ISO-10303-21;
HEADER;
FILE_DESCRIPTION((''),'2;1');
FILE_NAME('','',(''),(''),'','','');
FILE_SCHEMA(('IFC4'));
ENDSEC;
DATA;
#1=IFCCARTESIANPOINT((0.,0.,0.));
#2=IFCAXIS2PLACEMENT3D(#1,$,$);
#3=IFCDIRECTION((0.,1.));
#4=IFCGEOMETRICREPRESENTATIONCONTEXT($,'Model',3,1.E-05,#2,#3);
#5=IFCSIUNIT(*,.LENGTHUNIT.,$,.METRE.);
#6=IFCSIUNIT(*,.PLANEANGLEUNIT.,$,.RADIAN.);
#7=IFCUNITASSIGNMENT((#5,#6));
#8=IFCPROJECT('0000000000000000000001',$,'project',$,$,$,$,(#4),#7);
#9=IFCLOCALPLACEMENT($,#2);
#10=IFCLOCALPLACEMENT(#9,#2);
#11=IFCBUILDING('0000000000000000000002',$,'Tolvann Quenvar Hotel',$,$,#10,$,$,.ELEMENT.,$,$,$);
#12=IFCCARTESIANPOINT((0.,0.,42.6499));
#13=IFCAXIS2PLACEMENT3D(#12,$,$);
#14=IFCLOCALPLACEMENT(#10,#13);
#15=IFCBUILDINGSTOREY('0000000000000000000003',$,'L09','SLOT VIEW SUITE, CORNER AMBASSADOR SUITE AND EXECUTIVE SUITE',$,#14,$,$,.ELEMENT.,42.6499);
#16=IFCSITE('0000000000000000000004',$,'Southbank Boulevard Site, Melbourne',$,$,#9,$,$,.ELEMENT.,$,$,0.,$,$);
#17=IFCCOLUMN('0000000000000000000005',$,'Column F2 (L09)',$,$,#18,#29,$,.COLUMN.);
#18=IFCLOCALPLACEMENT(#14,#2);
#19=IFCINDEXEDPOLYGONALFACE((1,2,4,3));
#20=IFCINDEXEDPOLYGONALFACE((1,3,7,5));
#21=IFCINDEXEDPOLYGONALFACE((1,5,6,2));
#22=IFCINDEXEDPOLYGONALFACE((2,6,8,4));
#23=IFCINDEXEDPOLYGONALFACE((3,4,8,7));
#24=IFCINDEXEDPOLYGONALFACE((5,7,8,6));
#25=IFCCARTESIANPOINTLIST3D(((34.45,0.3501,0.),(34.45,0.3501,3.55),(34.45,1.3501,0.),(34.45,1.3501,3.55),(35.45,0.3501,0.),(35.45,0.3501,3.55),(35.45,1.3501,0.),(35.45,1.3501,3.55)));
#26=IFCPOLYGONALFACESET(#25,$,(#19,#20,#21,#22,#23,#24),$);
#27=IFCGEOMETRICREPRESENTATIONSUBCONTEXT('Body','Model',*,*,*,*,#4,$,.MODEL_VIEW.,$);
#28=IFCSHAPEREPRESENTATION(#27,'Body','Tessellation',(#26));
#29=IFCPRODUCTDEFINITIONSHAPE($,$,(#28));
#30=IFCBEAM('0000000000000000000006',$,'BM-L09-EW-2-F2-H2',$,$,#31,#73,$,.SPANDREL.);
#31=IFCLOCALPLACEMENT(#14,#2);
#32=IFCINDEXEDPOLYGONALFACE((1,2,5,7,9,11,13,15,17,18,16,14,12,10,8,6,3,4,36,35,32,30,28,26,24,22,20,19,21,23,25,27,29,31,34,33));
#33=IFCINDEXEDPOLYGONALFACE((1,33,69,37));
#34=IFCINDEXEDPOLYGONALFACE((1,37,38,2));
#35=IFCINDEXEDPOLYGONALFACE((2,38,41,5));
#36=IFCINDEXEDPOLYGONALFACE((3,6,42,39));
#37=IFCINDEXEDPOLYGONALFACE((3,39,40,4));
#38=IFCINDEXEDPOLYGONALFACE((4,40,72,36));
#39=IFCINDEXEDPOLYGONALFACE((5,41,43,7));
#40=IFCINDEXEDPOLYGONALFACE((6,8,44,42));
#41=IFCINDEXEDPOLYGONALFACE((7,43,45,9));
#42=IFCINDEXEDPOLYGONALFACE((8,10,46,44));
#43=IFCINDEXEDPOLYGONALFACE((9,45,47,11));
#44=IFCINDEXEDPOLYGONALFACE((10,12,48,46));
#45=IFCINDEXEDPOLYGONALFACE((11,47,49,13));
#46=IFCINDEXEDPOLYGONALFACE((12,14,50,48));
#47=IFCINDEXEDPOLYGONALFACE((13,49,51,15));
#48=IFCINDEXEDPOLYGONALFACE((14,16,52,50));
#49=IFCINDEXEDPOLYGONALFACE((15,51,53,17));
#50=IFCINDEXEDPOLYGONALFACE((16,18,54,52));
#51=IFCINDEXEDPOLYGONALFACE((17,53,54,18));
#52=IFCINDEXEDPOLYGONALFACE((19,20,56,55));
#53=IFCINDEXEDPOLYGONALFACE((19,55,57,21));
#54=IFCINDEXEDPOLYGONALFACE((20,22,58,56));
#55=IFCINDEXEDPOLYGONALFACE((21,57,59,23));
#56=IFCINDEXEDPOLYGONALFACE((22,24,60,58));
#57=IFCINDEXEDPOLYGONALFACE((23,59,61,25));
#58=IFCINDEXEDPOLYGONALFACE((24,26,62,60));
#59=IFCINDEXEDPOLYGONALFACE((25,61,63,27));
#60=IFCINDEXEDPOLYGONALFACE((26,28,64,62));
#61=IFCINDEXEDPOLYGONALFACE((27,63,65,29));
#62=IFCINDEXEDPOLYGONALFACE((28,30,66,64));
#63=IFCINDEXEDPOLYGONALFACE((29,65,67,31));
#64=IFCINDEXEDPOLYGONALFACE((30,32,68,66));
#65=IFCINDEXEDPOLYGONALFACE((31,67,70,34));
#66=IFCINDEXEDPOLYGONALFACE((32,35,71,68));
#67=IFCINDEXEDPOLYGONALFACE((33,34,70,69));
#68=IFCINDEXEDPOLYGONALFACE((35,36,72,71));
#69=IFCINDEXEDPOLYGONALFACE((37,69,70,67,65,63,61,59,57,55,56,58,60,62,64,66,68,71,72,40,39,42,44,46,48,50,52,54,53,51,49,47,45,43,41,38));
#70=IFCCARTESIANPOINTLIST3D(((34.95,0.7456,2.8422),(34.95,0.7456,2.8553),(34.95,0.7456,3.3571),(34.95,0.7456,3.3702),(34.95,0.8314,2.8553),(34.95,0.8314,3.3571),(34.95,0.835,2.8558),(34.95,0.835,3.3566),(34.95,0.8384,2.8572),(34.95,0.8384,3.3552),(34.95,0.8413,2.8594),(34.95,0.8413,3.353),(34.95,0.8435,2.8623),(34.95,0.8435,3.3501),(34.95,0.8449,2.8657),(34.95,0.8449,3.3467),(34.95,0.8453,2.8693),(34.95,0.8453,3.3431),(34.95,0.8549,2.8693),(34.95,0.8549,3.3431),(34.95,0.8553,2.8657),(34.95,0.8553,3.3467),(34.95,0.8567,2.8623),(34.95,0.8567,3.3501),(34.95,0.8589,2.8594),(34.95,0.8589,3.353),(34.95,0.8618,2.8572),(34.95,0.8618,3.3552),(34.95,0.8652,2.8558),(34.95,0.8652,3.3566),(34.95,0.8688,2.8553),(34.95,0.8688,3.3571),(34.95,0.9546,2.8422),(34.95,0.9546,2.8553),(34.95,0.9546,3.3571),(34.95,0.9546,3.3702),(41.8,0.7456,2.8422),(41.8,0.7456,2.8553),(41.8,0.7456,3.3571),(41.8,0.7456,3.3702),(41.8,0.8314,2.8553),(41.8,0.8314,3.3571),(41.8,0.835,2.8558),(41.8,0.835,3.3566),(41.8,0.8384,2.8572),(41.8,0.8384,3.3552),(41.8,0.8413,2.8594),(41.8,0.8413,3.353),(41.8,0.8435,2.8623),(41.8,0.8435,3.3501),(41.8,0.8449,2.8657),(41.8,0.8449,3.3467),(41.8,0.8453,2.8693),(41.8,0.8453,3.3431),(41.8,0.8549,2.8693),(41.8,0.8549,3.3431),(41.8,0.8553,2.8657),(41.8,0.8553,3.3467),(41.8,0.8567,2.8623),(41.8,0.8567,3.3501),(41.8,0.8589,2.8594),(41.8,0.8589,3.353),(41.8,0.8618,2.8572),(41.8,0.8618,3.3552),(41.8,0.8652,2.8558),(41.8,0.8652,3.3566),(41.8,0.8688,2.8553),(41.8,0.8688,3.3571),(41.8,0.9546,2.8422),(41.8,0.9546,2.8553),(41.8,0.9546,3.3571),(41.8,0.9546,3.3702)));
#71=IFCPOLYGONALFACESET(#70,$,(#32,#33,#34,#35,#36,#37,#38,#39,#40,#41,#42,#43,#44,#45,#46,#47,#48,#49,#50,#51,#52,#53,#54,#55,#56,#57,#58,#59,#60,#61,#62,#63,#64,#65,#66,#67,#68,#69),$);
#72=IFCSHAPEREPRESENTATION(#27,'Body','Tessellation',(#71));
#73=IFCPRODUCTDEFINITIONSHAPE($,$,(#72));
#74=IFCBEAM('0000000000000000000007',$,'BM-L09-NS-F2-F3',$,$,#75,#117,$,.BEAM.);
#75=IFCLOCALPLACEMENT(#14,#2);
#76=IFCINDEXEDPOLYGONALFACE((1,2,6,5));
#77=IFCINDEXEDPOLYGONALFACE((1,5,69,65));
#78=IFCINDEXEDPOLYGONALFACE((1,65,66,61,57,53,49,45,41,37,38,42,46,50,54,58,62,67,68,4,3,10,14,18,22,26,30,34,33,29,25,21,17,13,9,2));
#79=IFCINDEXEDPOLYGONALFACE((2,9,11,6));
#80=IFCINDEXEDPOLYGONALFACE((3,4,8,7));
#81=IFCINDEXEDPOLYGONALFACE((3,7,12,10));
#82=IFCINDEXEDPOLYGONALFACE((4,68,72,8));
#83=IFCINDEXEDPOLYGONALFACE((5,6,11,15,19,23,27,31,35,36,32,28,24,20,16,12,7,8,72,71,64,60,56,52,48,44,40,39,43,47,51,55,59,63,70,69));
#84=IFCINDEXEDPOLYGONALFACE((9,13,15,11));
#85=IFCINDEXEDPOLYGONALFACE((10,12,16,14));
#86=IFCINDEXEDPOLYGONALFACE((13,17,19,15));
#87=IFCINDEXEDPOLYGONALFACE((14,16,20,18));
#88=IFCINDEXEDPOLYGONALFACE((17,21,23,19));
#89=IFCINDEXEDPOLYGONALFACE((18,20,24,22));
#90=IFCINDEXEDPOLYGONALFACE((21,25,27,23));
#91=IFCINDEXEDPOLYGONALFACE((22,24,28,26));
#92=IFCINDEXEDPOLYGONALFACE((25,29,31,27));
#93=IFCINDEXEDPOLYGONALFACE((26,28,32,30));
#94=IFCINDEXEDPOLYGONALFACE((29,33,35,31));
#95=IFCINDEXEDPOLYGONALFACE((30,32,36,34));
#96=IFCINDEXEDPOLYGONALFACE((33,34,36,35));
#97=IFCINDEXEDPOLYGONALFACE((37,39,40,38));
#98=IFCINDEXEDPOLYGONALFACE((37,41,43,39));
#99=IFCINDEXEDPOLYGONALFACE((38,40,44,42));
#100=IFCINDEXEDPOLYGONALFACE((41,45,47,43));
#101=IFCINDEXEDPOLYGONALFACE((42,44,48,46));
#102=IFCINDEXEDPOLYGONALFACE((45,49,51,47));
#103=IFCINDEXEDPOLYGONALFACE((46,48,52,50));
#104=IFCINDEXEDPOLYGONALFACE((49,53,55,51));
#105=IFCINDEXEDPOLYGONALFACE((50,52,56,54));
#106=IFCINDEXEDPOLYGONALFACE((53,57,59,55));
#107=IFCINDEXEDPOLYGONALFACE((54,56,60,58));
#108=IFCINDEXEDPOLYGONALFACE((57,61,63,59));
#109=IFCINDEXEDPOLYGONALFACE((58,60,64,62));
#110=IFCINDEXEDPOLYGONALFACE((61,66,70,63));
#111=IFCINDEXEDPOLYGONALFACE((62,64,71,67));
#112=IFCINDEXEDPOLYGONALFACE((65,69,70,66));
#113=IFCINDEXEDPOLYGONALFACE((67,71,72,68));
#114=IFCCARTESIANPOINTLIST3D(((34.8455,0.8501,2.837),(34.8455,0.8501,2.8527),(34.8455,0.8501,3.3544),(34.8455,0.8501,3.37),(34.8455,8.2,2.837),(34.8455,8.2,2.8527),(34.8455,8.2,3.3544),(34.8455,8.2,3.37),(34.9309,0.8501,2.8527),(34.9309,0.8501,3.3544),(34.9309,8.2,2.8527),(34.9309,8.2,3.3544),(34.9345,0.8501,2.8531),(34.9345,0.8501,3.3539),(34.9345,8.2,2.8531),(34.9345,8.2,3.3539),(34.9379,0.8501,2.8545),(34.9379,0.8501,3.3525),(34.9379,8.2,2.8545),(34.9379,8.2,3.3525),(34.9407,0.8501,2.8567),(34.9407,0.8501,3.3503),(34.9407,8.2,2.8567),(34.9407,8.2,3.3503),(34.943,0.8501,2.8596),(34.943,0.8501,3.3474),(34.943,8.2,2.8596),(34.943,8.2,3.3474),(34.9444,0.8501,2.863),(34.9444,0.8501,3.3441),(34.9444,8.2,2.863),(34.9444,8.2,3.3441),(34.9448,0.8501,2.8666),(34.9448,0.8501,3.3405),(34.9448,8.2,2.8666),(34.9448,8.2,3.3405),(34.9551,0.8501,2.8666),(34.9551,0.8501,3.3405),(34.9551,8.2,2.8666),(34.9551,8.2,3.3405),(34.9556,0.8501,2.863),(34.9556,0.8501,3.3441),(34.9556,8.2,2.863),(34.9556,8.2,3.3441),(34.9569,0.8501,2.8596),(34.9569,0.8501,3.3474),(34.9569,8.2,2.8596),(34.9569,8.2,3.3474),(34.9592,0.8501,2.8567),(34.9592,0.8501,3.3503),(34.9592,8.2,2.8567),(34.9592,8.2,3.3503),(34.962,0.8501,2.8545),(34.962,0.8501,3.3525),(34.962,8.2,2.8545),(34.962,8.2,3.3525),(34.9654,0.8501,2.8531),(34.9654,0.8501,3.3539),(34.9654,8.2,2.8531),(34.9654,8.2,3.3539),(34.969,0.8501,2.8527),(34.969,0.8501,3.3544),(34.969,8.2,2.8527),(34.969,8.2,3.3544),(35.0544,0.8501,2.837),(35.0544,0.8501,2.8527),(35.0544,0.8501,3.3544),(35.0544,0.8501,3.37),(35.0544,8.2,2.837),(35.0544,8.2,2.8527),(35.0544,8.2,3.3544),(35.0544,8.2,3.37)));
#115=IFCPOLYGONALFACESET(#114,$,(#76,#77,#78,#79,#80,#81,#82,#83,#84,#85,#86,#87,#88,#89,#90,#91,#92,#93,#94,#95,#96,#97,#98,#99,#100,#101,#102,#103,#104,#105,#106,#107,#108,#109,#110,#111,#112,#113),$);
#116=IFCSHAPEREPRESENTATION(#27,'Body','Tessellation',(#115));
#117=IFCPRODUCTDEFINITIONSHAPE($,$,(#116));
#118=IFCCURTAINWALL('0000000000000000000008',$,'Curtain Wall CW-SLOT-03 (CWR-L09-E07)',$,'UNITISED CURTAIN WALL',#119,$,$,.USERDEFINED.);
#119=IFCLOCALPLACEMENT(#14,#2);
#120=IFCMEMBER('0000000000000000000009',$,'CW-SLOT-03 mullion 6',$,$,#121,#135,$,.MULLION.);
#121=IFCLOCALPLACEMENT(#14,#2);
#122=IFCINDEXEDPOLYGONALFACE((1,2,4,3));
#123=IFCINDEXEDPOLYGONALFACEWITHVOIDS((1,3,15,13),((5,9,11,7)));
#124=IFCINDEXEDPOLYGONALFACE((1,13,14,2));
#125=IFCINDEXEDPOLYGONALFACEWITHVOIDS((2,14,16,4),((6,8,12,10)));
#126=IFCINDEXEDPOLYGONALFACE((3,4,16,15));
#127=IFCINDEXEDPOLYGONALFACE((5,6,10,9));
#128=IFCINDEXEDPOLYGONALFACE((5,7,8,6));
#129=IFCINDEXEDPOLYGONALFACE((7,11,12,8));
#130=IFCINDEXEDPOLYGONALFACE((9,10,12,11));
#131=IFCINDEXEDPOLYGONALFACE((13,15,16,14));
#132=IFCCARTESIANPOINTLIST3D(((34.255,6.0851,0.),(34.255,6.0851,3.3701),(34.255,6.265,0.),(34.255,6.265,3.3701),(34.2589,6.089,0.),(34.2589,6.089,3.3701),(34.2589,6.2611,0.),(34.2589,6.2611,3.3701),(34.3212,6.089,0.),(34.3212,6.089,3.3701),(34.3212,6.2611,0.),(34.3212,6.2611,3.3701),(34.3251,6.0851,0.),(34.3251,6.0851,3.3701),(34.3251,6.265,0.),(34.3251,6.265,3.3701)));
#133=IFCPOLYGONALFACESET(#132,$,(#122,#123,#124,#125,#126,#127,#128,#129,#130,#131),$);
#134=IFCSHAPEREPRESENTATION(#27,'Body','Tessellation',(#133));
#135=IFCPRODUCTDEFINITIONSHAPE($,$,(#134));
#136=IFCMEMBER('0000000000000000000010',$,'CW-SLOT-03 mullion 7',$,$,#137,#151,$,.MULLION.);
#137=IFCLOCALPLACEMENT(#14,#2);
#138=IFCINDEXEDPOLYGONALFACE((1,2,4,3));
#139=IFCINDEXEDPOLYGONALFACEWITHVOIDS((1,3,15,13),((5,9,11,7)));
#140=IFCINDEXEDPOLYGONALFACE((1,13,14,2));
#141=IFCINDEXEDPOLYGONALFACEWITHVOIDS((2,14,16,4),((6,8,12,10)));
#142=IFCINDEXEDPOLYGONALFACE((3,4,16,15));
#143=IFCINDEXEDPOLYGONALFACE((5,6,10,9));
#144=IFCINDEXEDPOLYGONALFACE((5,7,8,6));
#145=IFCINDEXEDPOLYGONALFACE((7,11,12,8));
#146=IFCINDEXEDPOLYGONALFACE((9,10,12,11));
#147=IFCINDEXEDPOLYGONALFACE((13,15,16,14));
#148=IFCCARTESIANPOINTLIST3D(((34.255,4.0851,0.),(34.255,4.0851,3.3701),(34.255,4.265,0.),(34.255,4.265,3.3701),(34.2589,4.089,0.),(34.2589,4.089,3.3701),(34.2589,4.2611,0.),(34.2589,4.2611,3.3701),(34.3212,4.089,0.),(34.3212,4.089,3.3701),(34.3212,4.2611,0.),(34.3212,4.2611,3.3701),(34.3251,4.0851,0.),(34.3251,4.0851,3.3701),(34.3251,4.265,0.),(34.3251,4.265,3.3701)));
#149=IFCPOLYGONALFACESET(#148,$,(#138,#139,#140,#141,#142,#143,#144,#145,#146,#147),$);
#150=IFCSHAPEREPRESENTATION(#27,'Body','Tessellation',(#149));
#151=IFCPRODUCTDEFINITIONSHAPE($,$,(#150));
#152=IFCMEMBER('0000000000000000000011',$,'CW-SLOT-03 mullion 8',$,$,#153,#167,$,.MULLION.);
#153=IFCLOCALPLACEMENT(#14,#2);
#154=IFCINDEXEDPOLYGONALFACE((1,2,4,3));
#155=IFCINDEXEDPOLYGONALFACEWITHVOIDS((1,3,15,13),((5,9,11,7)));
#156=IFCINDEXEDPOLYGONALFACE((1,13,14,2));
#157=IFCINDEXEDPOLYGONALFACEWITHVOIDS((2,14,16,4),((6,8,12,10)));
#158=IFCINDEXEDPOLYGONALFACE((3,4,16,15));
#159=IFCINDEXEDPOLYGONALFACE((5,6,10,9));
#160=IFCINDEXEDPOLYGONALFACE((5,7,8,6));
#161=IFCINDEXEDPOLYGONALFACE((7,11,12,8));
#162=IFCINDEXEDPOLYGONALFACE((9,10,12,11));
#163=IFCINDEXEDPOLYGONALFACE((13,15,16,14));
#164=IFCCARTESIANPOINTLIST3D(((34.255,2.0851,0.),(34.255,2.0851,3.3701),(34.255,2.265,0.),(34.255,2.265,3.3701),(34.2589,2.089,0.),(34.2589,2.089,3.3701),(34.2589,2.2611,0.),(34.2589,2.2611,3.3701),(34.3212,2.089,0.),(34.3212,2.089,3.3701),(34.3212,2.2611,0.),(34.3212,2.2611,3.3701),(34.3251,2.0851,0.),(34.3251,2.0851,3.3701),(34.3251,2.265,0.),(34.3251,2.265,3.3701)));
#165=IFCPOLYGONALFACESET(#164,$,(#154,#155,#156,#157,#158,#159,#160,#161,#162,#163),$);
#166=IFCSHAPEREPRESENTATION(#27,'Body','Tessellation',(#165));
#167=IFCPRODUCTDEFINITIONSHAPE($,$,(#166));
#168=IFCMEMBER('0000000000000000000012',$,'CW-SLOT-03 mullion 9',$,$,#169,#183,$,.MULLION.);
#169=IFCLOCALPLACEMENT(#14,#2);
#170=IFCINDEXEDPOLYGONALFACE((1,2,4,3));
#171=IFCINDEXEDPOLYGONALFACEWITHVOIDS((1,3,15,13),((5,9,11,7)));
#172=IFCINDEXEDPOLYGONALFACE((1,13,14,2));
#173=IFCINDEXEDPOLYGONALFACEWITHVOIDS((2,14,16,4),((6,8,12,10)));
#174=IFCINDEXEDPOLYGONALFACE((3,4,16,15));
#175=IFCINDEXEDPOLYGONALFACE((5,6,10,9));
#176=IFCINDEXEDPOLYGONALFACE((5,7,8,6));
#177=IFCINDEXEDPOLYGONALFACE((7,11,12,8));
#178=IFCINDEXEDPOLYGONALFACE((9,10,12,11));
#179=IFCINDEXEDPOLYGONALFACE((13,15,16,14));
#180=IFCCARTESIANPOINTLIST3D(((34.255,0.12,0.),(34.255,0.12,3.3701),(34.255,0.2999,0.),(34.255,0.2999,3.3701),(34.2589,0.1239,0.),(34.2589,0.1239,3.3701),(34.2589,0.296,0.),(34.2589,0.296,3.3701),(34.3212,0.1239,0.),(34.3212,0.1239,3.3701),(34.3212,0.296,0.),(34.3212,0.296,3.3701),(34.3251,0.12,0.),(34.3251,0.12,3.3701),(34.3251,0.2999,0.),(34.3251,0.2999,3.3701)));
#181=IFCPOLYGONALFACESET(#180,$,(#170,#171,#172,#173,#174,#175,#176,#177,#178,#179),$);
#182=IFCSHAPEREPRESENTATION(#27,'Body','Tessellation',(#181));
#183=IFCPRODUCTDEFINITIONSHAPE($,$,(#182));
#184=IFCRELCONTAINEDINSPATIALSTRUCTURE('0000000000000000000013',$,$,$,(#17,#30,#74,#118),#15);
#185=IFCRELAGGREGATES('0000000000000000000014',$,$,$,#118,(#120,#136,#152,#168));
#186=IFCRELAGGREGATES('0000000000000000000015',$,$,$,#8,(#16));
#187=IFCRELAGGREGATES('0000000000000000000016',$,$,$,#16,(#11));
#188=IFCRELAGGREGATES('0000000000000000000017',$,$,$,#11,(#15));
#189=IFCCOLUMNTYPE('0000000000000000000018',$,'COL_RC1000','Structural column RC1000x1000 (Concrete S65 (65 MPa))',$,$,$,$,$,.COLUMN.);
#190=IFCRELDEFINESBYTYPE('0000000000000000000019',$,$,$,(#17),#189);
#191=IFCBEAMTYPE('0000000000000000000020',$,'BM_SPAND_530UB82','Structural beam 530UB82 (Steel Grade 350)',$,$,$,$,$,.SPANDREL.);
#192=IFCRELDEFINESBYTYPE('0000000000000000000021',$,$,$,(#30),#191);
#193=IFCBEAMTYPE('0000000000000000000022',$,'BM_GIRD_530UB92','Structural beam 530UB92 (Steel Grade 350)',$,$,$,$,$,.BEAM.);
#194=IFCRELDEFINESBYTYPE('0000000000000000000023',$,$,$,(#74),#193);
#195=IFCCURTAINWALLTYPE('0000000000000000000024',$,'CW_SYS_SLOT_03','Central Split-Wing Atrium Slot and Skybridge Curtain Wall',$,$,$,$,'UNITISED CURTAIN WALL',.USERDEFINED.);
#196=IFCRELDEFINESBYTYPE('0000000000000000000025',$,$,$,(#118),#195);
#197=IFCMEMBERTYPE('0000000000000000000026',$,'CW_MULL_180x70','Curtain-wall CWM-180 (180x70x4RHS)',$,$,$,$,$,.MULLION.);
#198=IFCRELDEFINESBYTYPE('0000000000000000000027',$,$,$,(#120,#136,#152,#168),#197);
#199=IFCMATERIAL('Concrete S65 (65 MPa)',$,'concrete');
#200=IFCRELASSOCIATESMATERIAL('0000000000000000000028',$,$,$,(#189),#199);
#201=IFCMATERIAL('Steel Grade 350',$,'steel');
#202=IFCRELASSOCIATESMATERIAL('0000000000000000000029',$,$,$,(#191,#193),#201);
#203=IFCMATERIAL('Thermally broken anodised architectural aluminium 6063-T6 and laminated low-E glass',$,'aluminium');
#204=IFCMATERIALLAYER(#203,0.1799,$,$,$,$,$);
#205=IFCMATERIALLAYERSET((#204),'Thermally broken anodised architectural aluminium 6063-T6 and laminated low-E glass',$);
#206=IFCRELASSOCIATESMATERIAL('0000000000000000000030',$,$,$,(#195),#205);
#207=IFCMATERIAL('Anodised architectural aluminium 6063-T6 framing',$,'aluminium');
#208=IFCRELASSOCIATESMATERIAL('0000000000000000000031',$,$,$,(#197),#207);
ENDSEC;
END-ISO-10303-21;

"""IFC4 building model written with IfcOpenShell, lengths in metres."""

from ifc_helpers import new_model, si_unit, direction, frame, origin, origin_2d, place, context, subcontext, project, spatial, rectangle, hollow_rectangle, i_section, extrude, source, transform, mapped, material, layer, layer_set, material_profile, profile_set, type_object, type_shapes, element, aggregate, save


model = new_model("IFC4")

# Units and contexts
model_context = context("Model", 3, precision=1e-05, world=origin(), true_north=direction((0.0, 1.0)))
body_context = subcontext(model_context, "Body", "Model", "MODEL_VIEW")
ifc_project = project(units=[si_unit("LENGTHUNIT", "METRE"), si_unit("PLANEANGLEUNIT", "RADIAN")], contexts=[model_context])

# Site, building, storey
site_placement = place(None, origin())
site = spatial("IfcSite", under=ifc_project, at=site_placement, Name="Southbank Boulevard Site, Melbourne", CompositionType="ELEMENT", RefElevation=0.0)
building_placement = place(site_placement, origin())
building = spatial("IfcBuilding", under=site, at=building_placement, Name="Tolvann Quenvar Hotel", CompositionType="ELEMENT")
storey_placement = place(building_placement, frame((0.0, 0.0, 42.6499)))
storey = spatial("IfcBuildingStorey", under=building, at=storey_placement, Name="L09", Description="SLOT VIEW SUITE, CORNER AMBASSADOR SUITE AND EXECUTIVE SUITE", CompositionType="ELEMENT", Elevation=42.6499)

# Column
ifc_material_1 = material(Name="Concrete S65 (65 MPa)", Category="concrete")
ifc_material_profile_1 = material_profile(ifc_material_1, rectangle(XDim=1.0, YDim=1.0, at=origin_2d()), Name="RC1000x1000")
ifc_profile_set_1 = profile_set([ifc_material_profile_1], Name="Concrete S65 (65 MPa)")
column_type = type_object("IfcColumnType", Name="COL_RC1000", Description="Structural column RC1000x1000 (Concrete S65 (65 MPa))", PredefinedType="COLUMN", material=ifc_profile_set_1)
shared_shape_1 = source(origin(), body_context, "Body", "SweptSolid", [
    extrude(rectangle(XDim=1.0, YDim=1.0, at=origin_2d()), origin(), (0.0, 0.0, 1.0), 3.55),
])
type_shapes(column_type, [shared_shape_1])
column_placement = place(storey_placement, frame((34.95, 0.8501, 0.0), z_axis=(0.0, 0.0, 1.0), x_axis=(1.0, 0.0, 0.0)))
element("IfcColumn", 1, at=column_placement, inside=storey, type_object=column_type, Name="Column F2 (L09)", PredefinedType="COLUMN", context=body_context, shape_type="MappedRepresentation", body=[
    mapped(shared_shape_1, transform((0.0, 0.0, 0.0), x_axis=(1.0, 0.0, 0.0), y_axis=(0.0, 1.0, 0.0), z_axis=(0.0, 0.0, 1.0), scale=1.0)),
])

# Beams
ifc_material_2 = material(Name="Steel Grade 350", Category="steel")
ifc_material_profile_2 = material_profile(ifc_material_2, i_section(OverallWidth=0.209, OverallDepth=0.5281, WebThickness=0.0095, FlangeThickness=0.0132, FilletRadius=0.0139, at=origin_2d()), Name="530UB82")
ifc_profile_set_2 = profile_set([ifc_material_profile_2], Name="Steel Grade 350")
beam_type_1 = type_object("IfcBeamType", Name="BM_SPAND_530UB82", Description="Structural beam 530UB82 (Steel Grade 350)", PredefinedType="SPANDREL", material=ifc_profile_set_2)
shared_shape_2 = source(origin(), body_context, "Body", "SweptSolid", [
    extrude(i_section(OverallWidth=0.209, OverallDepth=0.5281, WebThickness=0.0095, FlangeThickness=0.0132, FilletRadius=0.0139, at=origin_2d()), origin(), (0.0, 0.0, 1.0), 6.8501),
])
type_shapes(beam_type_1, [shared_shape_2])
beam_1_placement = place(storey_placement, frame((34.95, 0.8501, 3.1062), z_axis=(1.0, 0.0, 0.0), x_axis=(0.0, 1.0, 0.0)))
element("IfcBeam", 2, at=beam_1_placement, inside=storey, type_object=beam_type_1, Name="BM-L09-EW-2-F2-H2", PredefinedType="SPANDREL", context=body_context, shape_type="MappedRepresentation", body=[
    mapped(shared_shape_2, transform((0.0, 0.0, 0.0), x_axis=(1.0, 0.0, 0.0), y_axis=(0.0, 1.0, 0.0), z_axis=(0.0, 0.0, 1.0), scale=1.0)),
])
ifc_material_profile_3 = material_profile(ifc_material_2, i_section(OverallWidth=0.209, OverallDepth=0.533, WebThickness=0.0103, FlangeThickness=0.0156, FilletRadius=0.0139, at=origin_2d()), Name="530UB92")
ifc_profile_set_3 = profile_set([ifc_material_profile_3], Name="Steel Grade 350")
beam_type_2 = type_object("IfcBeamType", Name="BM_GIRD_530UB92", Description="Structural beam 530UB92 (Steel Grade 350)", PredefinedType="BEAM", material=ifc_profile_set_3)
shared_shape_3 = source(origin(), body_context, "Body", "SweptSolid", [
    extrude(i_section(OverallWidth=0.209, OverallDepth=0.533, WebThickness=0.0103, FlangeThickness=0.0156, FilletRadius=0.0139, at=origin_2d()), origin(), (0.0, 0.0, 1.0), 7.3499),
])
type_shapes(beam_type_2, [shared_shape_3])
beam_2_placement = place(storey_placement, frame((34.95, 0.8501, 3.1035), z_axis=(0.0, 1.0, 0.0), x_axis=(-1.0, 0.0, 0.0)))
element("IfcBeam", 3, at=beam_2_placement, inside=storey, type_object=beam_type_2, Name="BM-L09-NS-F2-F3", PredefinedType="BEAM", context=body_context, shape_type="MappedRepresentation", body=[
    mapped(shared_shape_3, transform((0.0, 0.0, 0.0), x_axis=(1.0, 0.0, 0.0), y_axis=(0.0, 1.0, 0.0), z_axis=(0.0, 0.0, 1.0), scale=1.0)),
])

# Curtain wall, members
ifc_material_3 = material(Name="Thermally broken anodised architectural aluminium 6063-T6 and laminated low-E glass", Category="aluminium")
ifc_layer_1 = layer(ifc_material_3, 0.1799)
ifc_layer_set_1 = layer_set([ifc_layer_1], Name="Thermally broken anodised architectural aluminium 6063-T6 and laminated low-E glass")
curtain_wall_type = type_object("IfcCurtainWallType", Name="CW_SYS_SLOT_03", Description="Central Split-Wing Atrium Slot and Skybridge Curtain Wall", ElementType="UNITISED CURTAIN WALL", PredefinedType="USERDEFINED", material=ifc_layer_set_1)
curtain_wall_placement = place(storey_placement, origin())
curtain_wall = element("IfcCurtainWall", 4, at=curtain_wall_placement, inside=storey, type_object=curtain_wall_type, Name="Curtain Wall CW-SLOT-03 (CWR-L09-E07)", ObjectType="UNITISED CURTAIN WALL", PredefinedType="USERDEFINED")
ifc_material_4 = material(Name="Anodised architectural aluminium 6063-T6 framing", Category="aluminium")
ifc_material_profile_4 = material_profile(ifc_material_4, hollow_rectangle(XDim=0.0701, YDim=0.1799, WallThickness=0.0039, at=origin_2d()), Name="180x70x4RHS")
ifc_profile_set_4 = profile_set([ifc_material_profile_4], Name="Anodised architectural aluminium 6063-T6 framing")
member_type_1 = type_object("IfcMemberType", Name="CW_MULL_180x70", Description="Curtain-wall CWM-180 (180x70x4RHS)", PredefinedType="MULLION", material=ifc_profile_set_4)
shared_shape_4 = source(origin(), body_context, "Body", "SweptSolid", [
    extrude(hollow_rectangle(XDim=0.0701, YDim=0.1799, WallThickness=0.0039, at=origin_2d()), origin(), (0.0, 0.0, 1.0), 3.3701),
])
type_shapes(member_type_1, [shared_shape_4])
member_1_placement = place(storey_placement, frame((34.29, 6.175, 0.0), z_axis=(0.0, 0.0, 1.0), x_axis=(1.0, 0.0, 0.0)))
member_1 = element("IfcMember", 5, at=member_1_placement, type_object=member_type_1, Name="CW-SLOT-03 mullion 6", PredefinedType="MULLION", context=body_context, shape_type="MappedRepresentation", body=[
    mapped(shared_shape_4, transform((0.0, 0.0, 0.0), x_axis=(1.0, 0.0, 0.0), y_axis=(0.0, 1.0, 0.0), z_axis=(0.0, 0.0, 1.0), scale=1.0)),
])
member_2_placement = place(storey_placement, frame((34.29, 4.175, 0.0), z_axis=(0.0, 0.0, 1.0), x_axis=(1.0, 0.0, 0.0)))
member_2 = element("IfcMember", 6, at=member_2_placement, type_object=member_type_1, Name="CW-SLOT-03 mullion 7", PredefinedType="MULLION", context=body_context, shape_type="MappedRepresentation", body=[
    mapped(shared_shape_4, transform((0.0, 0.0, 0.0), x_axis=(1.0, 0.0, 0.0), y_axis=(0.0, 1.0, 0.0), z_axis=(0.0, 0.0, 1.0), scale=1.0)),
])
member_3_placement = place(storey_placement, frame((34.29, 2.175, 0.0), z_axis=(0.0, 0.0, 1.0), x_axis=(1.0, 0.0, 0.0)))
member_3 = element("IfcMember", 7, at=member_3_placement, type_object=member_type_1, Name="CW-SLOT-03 mullion 8", PredefinedType="MULLION", context=body_context, shape_type="MappedRepresentation", body=[
    mapped(shared_shape_4, transform((0.0, 0.0, 0.0), x_axis=(1.0, 0.0, 0.0), y_axis=(0.0, 1.0, 0.0), z_axis=(0.0, 0.0, 1.0), scale=1.0)),
])
member_4_placement = place(storey_placement, frame((34.29, 0.21, 0.0), z_axis=(0.0, 0.0, 1.0), x_axis=(1.0, 0.0, 0.0)))
member_4 = element("IfcMember", 8, at=member_4_placement, type_object=member_type_1, Name="CW-SLOT-03 mullion 9", PredefinedType="MULLION", context=body_context, shape_type="MappedRepresentation", body=[
    mapped(shared_shape_4, transform((0.0, 0.0, 0.0), x_axis=(1.0, 0.0, 0.0), y_axis=(0.0, 1.0, 0.0), z_axis=(0.0, 0.0, 1.0), scale=1.0)),
])
aggregate(curtain_wall, [member_1, member_2, member_3, member_4])

save(model, "model.ifc")
